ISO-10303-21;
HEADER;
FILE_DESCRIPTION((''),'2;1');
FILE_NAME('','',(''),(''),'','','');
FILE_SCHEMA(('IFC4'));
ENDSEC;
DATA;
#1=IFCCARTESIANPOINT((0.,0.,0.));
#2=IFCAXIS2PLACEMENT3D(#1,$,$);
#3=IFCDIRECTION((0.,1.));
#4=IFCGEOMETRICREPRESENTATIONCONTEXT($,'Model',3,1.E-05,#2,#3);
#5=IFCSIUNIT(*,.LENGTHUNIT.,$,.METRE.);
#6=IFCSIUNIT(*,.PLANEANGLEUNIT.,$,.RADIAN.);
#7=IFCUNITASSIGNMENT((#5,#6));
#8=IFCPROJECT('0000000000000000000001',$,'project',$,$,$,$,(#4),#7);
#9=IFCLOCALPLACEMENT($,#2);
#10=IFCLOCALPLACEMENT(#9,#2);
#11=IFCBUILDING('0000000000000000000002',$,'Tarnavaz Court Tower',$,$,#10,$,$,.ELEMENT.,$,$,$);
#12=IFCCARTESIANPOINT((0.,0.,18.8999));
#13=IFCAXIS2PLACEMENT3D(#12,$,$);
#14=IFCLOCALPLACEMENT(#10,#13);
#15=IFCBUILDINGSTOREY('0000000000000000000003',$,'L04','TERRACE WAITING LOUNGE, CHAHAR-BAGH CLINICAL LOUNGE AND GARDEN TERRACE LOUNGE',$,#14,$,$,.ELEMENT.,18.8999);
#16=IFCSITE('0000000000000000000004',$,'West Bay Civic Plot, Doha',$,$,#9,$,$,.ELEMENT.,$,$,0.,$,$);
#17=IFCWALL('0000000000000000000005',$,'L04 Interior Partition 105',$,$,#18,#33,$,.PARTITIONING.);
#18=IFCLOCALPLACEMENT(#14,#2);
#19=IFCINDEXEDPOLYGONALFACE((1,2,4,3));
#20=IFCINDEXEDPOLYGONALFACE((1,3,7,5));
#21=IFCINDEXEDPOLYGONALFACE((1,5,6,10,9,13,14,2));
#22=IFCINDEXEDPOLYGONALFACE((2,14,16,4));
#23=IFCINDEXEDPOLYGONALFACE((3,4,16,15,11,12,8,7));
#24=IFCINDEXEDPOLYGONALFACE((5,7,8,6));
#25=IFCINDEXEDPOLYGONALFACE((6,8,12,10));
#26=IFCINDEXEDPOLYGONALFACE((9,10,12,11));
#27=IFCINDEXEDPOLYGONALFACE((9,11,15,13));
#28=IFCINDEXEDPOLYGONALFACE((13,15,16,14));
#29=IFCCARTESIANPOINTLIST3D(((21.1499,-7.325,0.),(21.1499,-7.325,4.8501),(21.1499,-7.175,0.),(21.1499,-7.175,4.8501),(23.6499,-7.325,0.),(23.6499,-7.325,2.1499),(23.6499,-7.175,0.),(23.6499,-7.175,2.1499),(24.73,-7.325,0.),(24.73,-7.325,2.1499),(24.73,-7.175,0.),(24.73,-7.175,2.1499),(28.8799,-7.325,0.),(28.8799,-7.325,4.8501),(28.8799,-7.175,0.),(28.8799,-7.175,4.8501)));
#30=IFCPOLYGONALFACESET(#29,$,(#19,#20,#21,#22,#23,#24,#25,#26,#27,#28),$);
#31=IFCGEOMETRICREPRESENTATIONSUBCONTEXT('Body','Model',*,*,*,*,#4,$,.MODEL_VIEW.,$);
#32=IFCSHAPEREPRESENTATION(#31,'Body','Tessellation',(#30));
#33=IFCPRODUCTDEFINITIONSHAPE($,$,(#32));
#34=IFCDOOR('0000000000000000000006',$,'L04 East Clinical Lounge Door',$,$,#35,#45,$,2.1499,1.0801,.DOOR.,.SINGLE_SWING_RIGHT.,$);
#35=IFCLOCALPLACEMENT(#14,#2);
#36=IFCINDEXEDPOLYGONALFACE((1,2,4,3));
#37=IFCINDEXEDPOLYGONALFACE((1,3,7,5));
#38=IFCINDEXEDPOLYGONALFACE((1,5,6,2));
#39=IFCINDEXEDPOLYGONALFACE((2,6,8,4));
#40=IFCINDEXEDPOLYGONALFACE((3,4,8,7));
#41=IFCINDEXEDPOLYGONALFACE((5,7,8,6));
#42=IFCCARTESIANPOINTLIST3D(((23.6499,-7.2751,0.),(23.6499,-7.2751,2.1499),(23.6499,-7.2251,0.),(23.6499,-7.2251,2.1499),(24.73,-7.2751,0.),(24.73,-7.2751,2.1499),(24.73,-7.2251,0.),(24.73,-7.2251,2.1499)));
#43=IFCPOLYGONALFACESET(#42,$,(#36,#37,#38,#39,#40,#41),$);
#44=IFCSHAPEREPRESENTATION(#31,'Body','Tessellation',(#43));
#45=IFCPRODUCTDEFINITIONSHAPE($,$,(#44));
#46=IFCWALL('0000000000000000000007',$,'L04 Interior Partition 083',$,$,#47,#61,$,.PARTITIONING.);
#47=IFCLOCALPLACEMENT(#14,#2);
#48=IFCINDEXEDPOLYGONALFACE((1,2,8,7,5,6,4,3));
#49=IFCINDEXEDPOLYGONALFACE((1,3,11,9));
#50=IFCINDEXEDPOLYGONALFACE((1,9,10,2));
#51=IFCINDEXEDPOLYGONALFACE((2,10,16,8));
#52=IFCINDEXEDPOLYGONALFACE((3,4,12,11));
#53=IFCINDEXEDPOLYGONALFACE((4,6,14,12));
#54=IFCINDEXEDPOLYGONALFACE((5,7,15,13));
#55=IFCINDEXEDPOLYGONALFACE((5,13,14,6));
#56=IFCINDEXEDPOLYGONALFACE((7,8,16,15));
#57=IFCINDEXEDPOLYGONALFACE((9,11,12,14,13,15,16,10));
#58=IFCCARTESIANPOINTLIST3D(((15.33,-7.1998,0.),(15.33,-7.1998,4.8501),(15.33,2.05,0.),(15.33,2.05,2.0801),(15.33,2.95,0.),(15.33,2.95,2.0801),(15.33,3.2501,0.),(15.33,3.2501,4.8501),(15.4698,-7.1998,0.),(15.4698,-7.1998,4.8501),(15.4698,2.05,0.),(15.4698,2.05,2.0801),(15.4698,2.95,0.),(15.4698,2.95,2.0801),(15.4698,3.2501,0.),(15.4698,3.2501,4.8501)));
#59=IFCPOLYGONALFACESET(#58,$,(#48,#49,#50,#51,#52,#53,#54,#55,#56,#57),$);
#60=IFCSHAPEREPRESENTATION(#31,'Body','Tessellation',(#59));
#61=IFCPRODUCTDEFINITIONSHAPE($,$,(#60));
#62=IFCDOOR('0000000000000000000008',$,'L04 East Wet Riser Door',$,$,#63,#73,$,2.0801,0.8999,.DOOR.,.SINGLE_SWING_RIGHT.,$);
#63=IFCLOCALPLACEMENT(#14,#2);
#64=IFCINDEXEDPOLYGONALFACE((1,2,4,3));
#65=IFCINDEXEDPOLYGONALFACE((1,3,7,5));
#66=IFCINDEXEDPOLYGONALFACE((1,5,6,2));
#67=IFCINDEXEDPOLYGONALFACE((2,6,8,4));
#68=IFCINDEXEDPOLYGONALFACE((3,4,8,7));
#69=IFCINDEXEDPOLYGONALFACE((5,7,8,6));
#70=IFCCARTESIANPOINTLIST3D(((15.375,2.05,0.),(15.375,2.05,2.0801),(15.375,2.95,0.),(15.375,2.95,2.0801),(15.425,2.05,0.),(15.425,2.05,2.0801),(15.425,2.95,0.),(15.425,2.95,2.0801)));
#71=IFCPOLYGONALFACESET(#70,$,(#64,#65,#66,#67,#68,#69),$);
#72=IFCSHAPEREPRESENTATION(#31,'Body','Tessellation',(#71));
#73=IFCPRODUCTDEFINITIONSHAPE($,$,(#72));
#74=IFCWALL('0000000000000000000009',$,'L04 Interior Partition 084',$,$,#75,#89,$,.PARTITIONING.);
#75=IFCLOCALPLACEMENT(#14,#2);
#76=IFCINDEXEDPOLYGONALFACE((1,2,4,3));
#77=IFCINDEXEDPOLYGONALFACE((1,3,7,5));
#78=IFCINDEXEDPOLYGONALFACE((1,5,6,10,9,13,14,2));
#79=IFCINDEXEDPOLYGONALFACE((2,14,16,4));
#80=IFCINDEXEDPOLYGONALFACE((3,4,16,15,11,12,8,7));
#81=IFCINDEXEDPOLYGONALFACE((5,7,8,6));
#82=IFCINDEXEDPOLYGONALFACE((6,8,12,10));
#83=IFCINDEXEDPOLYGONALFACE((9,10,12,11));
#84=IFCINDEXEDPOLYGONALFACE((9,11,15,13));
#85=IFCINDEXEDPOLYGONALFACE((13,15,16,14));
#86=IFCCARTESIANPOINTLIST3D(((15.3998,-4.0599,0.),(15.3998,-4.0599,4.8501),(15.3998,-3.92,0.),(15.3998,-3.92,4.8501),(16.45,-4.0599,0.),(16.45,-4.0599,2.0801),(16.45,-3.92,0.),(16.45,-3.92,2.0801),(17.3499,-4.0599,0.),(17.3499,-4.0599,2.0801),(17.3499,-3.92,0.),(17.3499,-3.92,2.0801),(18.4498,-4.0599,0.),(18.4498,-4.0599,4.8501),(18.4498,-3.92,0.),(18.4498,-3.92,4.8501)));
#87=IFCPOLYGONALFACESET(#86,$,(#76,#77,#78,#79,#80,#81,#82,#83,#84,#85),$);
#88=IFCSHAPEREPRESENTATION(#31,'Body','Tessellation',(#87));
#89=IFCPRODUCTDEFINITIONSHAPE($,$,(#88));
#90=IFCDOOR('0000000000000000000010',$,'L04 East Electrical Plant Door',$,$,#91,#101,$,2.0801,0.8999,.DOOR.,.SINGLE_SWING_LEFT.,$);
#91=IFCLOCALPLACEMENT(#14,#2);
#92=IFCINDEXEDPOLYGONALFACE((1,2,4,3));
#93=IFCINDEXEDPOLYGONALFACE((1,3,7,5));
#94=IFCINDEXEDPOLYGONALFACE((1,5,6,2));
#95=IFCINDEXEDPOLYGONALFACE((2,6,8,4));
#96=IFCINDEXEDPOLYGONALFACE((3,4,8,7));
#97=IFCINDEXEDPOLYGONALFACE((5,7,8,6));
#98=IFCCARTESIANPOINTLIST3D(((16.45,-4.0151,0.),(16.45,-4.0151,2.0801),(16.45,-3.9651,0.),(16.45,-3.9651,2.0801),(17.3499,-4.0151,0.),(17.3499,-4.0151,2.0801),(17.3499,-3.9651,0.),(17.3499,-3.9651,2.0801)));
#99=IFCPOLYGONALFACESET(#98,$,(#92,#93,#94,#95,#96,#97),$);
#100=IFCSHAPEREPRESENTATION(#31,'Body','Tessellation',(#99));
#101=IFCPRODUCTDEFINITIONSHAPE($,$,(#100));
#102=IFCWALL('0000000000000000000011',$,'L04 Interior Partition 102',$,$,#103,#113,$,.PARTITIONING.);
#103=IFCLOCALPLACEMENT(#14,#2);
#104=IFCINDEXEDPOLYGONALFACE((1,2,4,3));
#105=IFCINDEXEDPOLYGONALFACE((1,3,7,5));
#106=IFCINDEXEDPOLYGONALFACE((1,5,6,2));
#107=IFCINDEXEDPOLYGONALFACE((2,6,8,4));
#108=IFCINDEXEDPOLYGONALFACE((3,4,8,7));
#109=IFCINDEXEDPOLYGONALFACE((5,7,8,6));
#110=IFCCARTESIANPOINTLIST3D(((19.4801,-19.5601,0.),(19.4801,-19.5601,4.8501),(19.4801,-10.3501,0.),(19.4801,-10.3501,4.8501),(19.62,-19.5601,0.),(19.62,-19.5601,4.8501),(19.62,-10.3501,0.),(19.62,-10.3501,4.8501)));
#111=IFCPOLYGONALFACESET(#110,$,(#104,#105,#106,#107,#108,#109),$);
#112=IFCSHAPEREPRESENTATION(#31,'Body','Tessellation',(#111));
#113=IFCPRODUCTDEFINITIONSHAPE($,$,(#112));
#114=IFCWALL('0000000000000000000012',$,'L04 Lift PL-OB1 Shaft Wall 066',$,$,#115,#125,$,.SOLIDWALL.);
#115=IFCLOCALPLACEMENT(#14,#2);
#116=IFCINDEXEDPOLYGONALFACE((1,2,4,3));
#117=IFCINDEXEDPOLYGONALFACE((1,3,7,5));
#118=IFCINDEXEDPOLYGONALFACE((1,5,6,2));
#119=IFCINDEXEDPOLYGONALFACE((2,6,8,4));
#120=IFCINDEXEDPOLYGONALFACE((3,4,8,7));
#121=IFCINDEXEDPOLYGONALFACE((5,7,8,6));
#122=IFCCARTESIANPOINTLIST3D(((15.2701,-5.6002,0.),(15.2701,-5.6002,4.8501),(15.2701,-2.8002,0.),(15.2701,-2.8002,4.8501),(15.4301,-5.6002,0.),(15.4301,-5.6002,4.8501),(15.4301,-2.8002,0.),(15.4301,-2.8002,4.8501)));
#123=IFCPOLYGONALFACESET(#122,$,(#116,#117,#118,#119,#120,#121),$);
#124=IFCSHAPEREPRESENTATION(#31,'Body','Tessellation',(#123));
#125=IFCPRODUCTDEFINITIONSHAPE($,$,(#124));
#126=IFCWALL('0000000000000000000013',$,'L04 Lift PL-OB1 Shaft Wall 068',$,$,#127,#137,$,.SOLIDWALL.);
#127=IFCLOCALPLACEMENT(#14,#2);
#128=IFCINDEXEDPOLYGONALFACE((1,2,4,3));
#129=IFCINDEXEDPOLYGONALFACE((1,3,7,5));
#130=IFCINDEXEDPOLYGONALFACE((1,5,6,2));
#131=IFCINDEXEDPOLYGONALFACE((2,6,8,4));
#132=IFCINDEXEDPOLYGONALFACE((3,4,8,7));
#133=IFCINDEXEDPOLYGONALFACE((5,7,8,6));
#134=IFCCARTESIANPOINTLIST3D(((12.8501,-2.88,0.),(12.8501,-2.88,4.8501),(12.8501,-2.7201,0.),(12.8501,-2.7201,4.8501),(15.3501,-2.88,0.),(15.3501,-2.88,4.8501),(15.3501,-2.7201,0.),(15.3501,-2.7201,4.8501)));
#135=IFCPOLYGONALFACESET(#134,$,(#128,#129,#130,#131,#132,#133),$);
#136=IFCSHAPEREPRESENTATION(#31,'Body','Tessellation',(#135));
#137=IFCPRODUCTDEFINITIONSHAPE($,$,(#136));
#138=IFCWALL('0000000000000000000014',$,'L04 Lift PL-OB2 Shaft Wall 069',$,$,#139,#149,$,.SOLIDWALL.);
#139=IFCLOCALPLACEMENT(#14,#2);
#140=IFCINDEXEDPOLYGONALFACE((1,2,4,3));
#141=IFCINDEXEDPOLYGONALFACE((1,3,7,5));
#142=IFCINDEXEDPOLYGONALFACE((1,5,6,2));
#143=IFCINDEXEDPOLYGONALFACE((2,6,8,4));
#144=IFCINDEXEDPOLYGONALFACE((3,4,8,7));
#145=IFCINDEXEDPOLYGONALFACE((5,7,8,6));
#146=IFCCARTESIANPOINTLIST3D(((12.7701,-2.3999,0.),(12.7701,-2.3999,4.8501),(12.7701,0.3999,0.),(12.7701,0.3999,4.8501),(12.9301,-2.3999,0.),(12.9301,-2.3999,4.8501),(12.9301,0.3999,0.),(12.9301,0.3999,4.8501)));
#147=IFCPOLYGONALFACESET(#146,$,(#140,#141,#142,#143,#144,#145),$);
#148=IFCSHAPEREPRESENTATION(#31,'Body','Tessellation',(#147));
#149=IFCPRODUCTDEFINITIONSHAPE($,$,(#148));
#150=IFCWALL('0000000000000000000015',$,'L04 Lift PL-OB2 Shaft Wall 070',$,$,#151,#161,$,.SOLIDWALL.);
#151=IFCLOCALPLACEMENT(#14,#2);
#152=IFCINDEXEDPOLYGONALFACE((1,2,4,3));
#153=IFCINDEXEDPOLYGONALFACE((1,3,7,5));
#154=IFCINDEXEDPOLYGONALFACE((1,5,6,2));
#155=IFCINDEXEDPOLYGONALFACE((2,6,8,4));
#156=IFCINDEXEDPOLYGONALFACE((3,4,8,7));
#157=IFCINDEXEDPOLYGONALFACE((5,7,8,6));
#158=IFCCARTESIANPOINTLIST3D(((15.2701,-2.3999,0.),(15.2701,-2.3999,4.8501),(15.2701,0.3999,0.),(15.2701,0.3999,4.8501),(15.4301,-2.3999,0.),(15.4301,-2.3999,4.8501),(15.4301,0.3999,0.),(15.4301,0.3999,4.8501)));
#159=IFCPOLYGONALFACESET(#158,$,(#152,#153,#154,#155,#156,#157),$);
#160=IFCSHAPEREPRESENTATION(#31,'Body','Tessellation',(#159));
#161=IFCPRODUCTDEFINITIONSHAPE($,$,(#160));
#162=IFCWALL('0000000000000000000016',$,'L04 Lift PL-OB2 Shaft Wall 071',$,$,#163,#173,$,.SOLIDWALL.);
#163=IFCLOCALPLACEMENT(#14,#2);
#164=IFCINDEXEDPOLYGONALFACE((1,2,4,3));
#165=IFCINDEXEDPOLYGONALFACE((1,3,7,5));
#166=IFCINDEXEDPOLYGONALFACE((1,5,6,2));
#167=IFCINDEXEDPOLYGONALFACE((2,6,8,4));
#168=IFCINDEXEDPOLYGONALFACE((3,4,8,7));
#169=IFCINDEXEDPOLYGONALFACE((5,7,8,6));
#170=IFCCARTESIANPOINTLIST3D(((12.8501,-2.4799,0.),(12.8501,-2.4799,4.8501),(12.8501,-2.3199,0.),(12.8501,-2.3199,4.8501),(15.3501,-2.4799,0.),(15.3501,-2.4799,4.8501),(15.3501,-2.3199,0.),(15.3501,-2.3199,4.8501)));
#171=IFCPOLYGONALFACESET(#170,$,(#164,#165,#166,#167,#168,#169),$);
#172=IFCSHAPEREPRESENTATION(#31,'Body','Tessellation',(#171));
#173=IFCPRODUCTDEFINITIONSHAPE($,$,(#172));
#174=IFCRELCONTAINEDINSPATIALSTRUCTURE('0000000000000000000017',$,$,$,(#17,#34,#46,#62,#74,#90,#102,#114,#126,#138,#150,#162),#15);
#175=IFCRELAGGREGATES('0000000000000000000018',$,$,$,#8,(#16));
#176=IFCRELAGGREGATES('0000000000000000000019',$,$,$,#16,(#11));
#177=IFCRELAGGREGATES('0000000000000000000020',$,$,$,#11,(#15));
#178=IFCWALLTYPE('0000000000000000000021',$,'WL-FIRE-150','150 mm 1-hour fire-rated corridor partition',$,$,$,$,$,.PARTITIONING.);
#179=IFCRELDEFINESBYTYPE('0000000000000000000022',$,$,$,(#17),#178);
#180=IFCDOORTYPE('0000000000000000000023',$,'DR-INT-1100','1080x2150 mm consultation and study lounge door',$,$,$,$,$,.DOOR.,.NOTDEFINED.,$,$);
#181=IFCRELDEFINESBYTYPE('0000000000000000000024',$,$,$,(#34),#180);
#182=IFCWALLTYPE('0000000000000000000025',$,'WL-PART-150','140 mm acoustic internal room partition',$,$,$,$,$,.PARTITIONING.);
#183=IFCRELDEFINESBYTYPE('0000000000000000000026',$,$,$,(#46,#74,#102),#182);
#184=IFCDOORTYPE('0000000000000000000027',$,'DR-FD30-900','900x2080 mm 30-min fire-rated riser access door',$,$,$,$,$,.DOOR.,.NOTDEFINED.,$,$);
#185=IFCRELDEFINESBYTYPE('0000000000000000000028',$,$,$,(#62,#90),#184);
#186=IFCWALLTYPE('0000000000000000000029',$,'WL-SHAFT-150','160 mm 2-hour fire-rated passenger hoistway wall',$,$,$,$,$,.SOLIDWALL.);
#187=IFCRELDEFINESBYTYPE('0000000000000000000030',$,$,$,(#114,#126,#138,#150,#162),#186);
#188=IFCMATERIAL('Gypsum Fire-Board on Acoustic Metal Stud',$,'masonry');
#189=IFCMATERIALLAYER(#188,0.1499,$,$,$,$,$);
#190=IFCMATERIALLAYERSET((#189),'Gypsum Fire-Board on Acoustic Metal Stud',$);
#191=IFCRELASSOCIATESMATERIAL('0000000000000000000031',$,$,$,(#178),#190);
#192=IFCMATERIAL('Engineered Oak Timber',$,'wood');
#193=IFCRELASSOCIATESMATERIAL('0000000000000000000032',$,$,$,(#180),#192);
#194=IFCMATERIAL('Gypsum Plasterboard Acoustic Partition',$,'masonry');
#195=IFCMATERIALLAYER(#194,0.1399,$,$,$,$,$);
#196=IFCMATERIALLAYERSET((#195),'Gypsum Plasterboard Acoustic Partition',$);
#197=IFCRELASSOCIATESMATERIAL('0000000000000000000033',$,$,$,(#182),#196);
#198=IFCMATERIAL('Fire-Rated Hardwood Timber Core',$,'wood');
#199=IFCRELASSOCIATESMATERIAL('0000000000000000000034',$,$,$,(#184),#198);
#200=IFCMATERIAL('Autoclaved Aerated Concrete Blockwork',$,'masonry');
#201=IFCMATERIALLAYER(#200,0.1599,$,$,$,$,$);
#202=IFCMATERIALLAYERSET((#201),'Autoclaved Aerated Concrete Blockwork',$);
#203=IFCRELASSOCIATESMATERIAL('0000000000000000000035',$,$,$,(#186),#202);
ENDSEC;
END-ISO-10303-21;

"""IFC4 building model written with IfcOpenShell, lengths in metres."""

from ifc_helpers import new_model, si_unit, direction, frame, frame_2d, origin, place, context, subcontext, project, spatial, rectangle, extrude, material, layer, layer_set, type_object, element, fill, save


model = new_model("IFC4")

# Units and contexts
model_context = context("Model", 3, precision=1e-05, world=origin(), true_north=direction((0.0, 1.0)))
body_context = subcontext(model_context, "Body", "Model", "MODEL_VIEW")
ifc_project = project(units=[si_unit("LENGTHUNIT", "METRE"), si_unit("PLANEANGLEUNIT", "RADIAN")], contexts=[model_context])

# Site, building, storey
site_placement = place(None, origin())
site = spatial("IfcSite", under=ifc_project, at=site_placement, Name="West Bay Civic Plot, Doha", CompositionType="ELEMENT", RefElevation=0.0)
building_placement = place(site_placement, origin())
building = spatial("IfcBuilding", under=site, at=building_placement, Name="Tarnavaz Court Tower", CompositionType="ELEMENT")
storey_placement = place(building_placement, frame((0.0, 0.0, 18.8999)))
storey = spatial("IfcBuildingStorey", under=building, at=storey_placement, Name="L04", Description="TERRACE WAITING LOUNGE, CHAHAR-BAGH CLINICAL LOUNGE AND GARDEN TERRACE LOUNGE", CompositionType="ELEMENT", Elevation=18.8999)

# Shared definitions
ifc_material_1 = material(Name="Fire-Rated Hardwood Timber Core", Category="wood")

# Shared definitions
ifc_material_2 = material(Name="Gypsum Fire-Board on Acoustic Metal Stud", Category="masonry")
ifc_layer_1 = layer(ifc_material_2, 0.1499)
ifc_layer_set_1 = layer_set([ifc_layer_1], Name="Gypsum Fire-Board on Acoustic Metal Stud")
wall_type_1 = type_object("IfcWallType", Name="WL-FIRE-150", Description="150 mm 1-hour fire-rated corridor partition", PredefinedType="PARTITIONING", material=ifc_layer_set_1)

# Walls, openings, doors
wall_1_placement = place(storey_placement, frame((21.1499, -7.25, 0.0), z_axis=(0.0, 0.0, 1.0), x_axis=(1.0, 0.0, 0.0)))
wall_1 = element("IfcWall", 1, at=wall_1_placement, inside=storey, type_object=wall_type_1, Name="L04 Interior Partition 105", PredefinedType="PARTITIONING", context=body_context, shape_type="SweptSolid", body=[
    extrude(rectangle(XDim=7.73, YDim=0.1499, at=frame_2d((3.865, 0.0))), origin(), (0.0, 0.0, 1.0), 4.8501),
])
opening_1_placement = place(wall_1_placement, frame((2.5, 0.0, 0.0)))
opening_1 = element("IfcOpeningElement", 2, at=opening_1_placement, cuts=wall_1, PredefinedType="OPENING", context=body_context, shape_type="SweptSolid", body=[
    extrude(rectangle(XDim=1.0801, YDim=2.1499, at=frame_2d((0.54, 1.075))), frame((0.0, 0.085, 0.0), z_axis=(0.0, -1.0, 0.0), x_axis=(1.0, 0.0, 0.0)), (0.0, 0.0, 1.0), 0.1699),
])
ifc_material_3 = material(Name="Engineered Oak Timber", Category="wood")
door_type_1 = type_object("IfcDoorType", Name="DR-INT-1100", Description="1080x2150 mm consultation and study lounge door", OperationType="NOTDEFINED", PredefinedType="DOOR", material=ifc_material_3)
door_1_placement = place(opening_1_placement, origin())
door_1 = element("IfcDoor", 3, at=door_1_placement, inside=storey, type_object=door_type_1, Name="L04 East Clinical Lounge Door", OperationType="SINGLE_SWING_RIGHT", OverallHeight=2.1499, OverallWidth=1.0801, PredefinedType="DOOR", context=body_context, shape_type="SweptSolid", body=[
    extrude(rectangle(XDim=1.0801, YDim=2.1499, at=frame_2d((0.54, 1.075))), frame((0.0, 0.0249, 0.0), z_axis=(0.0, -1.0, 0.0), x_axis=(1.0, 0.0, 0.0)), (0.0, 0.0, 1.0), 0.05),
])
fill(opening_1, door_1)
ifc_material_4 = material(Name="Gypsum Plasterboard Acoustic Partition", Category="masonry")
ifc_layer_2 = layer(ifc_material_4, 0.1399)
ifc_layer_set_2 = layer_set([ifc_layer_2], Name="Gypsum Plasterboard Acoustic Partition")
wall_type_2 = type_object("IfcWallType", Name="WL-PART-150", Description="140 mm acoustic internal room partition", PredefinedType="PARTITIONING", material=ifc_layer_set_2)
wall_2_placement = place(storey_placement, frame((15.3999, -7.2, 0.0), z_axis=(0.0, 0.0, 1.0), x_axis=(0.0, 1.0, 0.0)))
wall_2 = element("IfcWall", 4, at=wall_2_placement, inside=storey, type_object=wall_type_2, Name="L04 Interior Partition 083", PredefinedType="PARTITIONING", context=body_context, shape_type="SweptSolid", body=[
    extrude(rectangle(XDim=10.45, YDim=0.1399, at=frame_2d((5.2251, 0.0))), origin(), (0.0, 0.0, 1.0), 4.8501),
])
opening_2_placement = place(wall_2_placement, frame((9.25, 0.0, 0.0)))
opening_2 = element("IfcOpeningElement", 5, at=opening_2_placement, cuts=wall_2, PredefinedType="OPENING", context=body_context, shape_type="SweptSolid", body=[
    extrude(rectangle(XDim=0.8999, YDim=2.0801, at=frame_2d((0.45, 1.04))), frame((0.0, 0.0798, 0.0), z_axis=(0.0, -1.0, 0.0), x_axis=(1.0, 0.0, 0.0)), (0.0, 0.0, 1.0), 0.1599),
])
door_type_2 = type_object("IfcDoorType", Name="DR-FD30-900", Description="900x2080 mm 30-min fire-rated riser access door", OperationType="NOTDEFINED", PredefinedType="DOOR", material=ifc_material_1)
door_2_placement = place(opening_2_placement, origin())
door_2 = element("IfcDoor", 6, at=door_2_placement, inside=storey, type_object=door_type_2, Name="L04 East Wet Riser Door", OperationType="SINGLE_SWING_RIGHT", OverallHeight=2.0801, OverallWidth=0.8999, PredefinedType="DOOR", context=body_context, shape_type="SweptSolid", body=[
    extrude(rectangle(XDim=0.8999, YDim=2.0801, at=frame_2d((0.45, 1.04))), frame((0.0, 0.0249, 0.0), z_axis=(0.0, -1.0, 0.0), x_axis=(1.0, 0.0, 0.0)), (0.0, 0.0, 1.0), 0.05),
])
fill(opening_2, door_2)
wall_3_placement = place(storey_placement, frame((15.3999, -3.99, 0.0), z_axis=(0.0, 0.0, 1.0), x_axis=(1.0, 0.0, 0.0)))
wall_3 = element("IfcWall", 7, at=wall_3_placement, inside=storey, type_object=wall_type_2, Name="L04 Interior Partition 084", PredefinedType="PARTITIONING", context=body_context, shape_type="SweptSolid", body=[
    extrude(rectangle(XDim=3.05, YDim=0.1399, at=frame_2d((1.5249, 0.0))), origin(), (0.0, 0.0, 1.0), 4.8501),
])
opening_3_placement = place(wall_3_placement, frame((1.05, 0.0, 0.0)))
opening_3 = element("IfcOpeningElement", 8, at=opening_3_placement, cuts=wall_3, PredefinedType="OPENING", context=body_context, shape_type="SweptSolid", body=[
    extrude(rectangle(XDim=0.8999, YDim=2.0801, at=frame_2d((0.45, 1.04))), frame((0.0, 0.0798, 0.0), z_axis=(0.0, -1.0, 0.0), x_axis=(1.0, 0.0, 0.0)), (0.0, 0.0, 1.0), 0.1599),
])
door_3_placement = place(opening_3_placement, origin())
door_3 = element("IfcDoor", 9, at=door_3_placement, inside=storey, type_object=door_type_2, Name="L04 East Electrical Plant Door", OperationType="SINGLE_SWING_LEFT", OverallHeight=2.0801, OverallWidth=0.8999, PredefinedType="DOOR", context=body_context, shape_type="SweptSolid", body=[
    extrude(rectangle(XDim=0.8999, YDim=2.0801, at=frame_2d((0.45, 1.04))), frame((0.0, 0.0249, 0.0), z_axis=(0.0, -1.0, 0.0), x_axis=(1.0, 0.0, 0.0)), (0.0, 0.0, 1.0), 0.05),
])
fill(opening_3, door_3)

# Walls
wall_4_placement = place(storey_placement, frame((19.55, -19.5601, 0.0), z_axis=(0.0, 0.0, 1.0), x_axis=(0.0, 1.0, 0.0)))
element("IfcWall", 10, at=wall_4_placement, inside=storey, type_object=wall_type_2, Name="L04 Interior Partition 102", PredefinedType="PARTITIONING", context=body_context, shape_type="SweptSolid", body=[
    extrude(rectangle(XDim=9.21, YDim=0.1399, at=frame_2d((4.605, 0.0))), origin(), (0.0, 0.0, 1.0), 4.8501),
])
ifc_material_5 = material(Name="Autoclaved Aerated Concrete Blockwork", Category="masonry")
ifc_layer_3 = layer(ifc_material_5, 0.1599)
ifc_layer_set_3 = layer_set([ifc_layer_3], Name="Autoclaved Aerated Concrete Blockwork")
wall_type_3 = type_object("IfcWallType", Name="WL-SHAFT-150", Description="160 mm 2-hour fire-rated passenger hoistway wall", PredefinedType="SOLIDWALL", material=ifc_layer_set_3)
wall_5_placement = place(storey_placement, frame((15.3501, -5.6001, 0.0), z_axis=(0.0, 0.0, 1.0), x_axis=(0.0, 1.0, 0.0)))
element("IfcWall", 11, at=wall_5_placement, inside=storey, type_object=wall_type_3, Name="L04 Lift PL-OB1 Shaft Wall 066", PredefinedType="SOLIDWALL", context=body_context, shape_type="SweptSolid", body=[
    extrude(rectangle(XDim=2.8, YDim=0.1599, at=frame_2d((1.3999, 0.0))), origin(), (0.0, 0.0, 1.0), 4.8501),
])
wall_6_placement = place(storey_placement, frame((12.8501, -2.8, 0.0), z_axis=(0.0, 0.0, 1.0), x_axis=(1.0, 0.0, 0.0)))
element("IfcWall", 12, at=wall_6_placement, inside=storey, type_object=wall_type_3, Name="L04 Lift PL-OB1 Shaft Wall 068", PredefinedType="SOLIDWALL", context=body_context, shape_type="SweptSolid", body=[
    extrude(rectangle(XDim=2.5, YDim=0.1599, at=frame_2d((1.25, 0.0))), origin(), (0.0, 0.0, 1.0), 4.8501),
])
for number, where, z_axis, x_axis, name in (
    (13, (12.8501, -2.3999, 0.0), (0.0, 0.0, 1.0), (0.0, 1.0, 0.0), "L04 Lift PL-OB2 Shaft Wall 069"),
    (14, (15.3501, -2.3999, 0.0), (0.0, 0.0, 1.0), (0.0, 1.0, 0.0), "L04 Lift PL-OB2 Shaft Wall 070"),
):
    element("IfcWall", number, at=place(storey_placement, frame(where, z_axis=z_axis, x_axis=x_axis)), inside=storey, type_object=wall_type_3, Name=name, PredefinedType="SOLIDWALL", context=body_context, shape_type="SweptSolid", body=[
        extrude(rectangle(XDim=2.7998, YDim=0.1599, at=frame_2d((1.3999, 0.0))), origin(), (0.0, 0.0, 1.0), 4.8501),
    ])
wall_7_placement = place(storey_placement, frame((12.8501, -2.3999, 0.0), z_axis=(0.0, 0.0, 1.0), x_axis=(1.0, 0.0, 0.0)))
element("IfcWall", 15, at=wall_7_placement, inside=storey, type_object=wall_type_3, Name="L04 Lift PL-OB2 Shaft Wall 071", PredefinedType="SOLIDWALL", context=body_context, shape_type="SweptSolid", body=[
    extrude(rectangle(XDim=2.5, YDim=0.1599, at=frame_2d((1.25, 0.0))), origin(), (0.0, 0.0, 1.0), 4.8501),
])

save(model, "model.ifc")
